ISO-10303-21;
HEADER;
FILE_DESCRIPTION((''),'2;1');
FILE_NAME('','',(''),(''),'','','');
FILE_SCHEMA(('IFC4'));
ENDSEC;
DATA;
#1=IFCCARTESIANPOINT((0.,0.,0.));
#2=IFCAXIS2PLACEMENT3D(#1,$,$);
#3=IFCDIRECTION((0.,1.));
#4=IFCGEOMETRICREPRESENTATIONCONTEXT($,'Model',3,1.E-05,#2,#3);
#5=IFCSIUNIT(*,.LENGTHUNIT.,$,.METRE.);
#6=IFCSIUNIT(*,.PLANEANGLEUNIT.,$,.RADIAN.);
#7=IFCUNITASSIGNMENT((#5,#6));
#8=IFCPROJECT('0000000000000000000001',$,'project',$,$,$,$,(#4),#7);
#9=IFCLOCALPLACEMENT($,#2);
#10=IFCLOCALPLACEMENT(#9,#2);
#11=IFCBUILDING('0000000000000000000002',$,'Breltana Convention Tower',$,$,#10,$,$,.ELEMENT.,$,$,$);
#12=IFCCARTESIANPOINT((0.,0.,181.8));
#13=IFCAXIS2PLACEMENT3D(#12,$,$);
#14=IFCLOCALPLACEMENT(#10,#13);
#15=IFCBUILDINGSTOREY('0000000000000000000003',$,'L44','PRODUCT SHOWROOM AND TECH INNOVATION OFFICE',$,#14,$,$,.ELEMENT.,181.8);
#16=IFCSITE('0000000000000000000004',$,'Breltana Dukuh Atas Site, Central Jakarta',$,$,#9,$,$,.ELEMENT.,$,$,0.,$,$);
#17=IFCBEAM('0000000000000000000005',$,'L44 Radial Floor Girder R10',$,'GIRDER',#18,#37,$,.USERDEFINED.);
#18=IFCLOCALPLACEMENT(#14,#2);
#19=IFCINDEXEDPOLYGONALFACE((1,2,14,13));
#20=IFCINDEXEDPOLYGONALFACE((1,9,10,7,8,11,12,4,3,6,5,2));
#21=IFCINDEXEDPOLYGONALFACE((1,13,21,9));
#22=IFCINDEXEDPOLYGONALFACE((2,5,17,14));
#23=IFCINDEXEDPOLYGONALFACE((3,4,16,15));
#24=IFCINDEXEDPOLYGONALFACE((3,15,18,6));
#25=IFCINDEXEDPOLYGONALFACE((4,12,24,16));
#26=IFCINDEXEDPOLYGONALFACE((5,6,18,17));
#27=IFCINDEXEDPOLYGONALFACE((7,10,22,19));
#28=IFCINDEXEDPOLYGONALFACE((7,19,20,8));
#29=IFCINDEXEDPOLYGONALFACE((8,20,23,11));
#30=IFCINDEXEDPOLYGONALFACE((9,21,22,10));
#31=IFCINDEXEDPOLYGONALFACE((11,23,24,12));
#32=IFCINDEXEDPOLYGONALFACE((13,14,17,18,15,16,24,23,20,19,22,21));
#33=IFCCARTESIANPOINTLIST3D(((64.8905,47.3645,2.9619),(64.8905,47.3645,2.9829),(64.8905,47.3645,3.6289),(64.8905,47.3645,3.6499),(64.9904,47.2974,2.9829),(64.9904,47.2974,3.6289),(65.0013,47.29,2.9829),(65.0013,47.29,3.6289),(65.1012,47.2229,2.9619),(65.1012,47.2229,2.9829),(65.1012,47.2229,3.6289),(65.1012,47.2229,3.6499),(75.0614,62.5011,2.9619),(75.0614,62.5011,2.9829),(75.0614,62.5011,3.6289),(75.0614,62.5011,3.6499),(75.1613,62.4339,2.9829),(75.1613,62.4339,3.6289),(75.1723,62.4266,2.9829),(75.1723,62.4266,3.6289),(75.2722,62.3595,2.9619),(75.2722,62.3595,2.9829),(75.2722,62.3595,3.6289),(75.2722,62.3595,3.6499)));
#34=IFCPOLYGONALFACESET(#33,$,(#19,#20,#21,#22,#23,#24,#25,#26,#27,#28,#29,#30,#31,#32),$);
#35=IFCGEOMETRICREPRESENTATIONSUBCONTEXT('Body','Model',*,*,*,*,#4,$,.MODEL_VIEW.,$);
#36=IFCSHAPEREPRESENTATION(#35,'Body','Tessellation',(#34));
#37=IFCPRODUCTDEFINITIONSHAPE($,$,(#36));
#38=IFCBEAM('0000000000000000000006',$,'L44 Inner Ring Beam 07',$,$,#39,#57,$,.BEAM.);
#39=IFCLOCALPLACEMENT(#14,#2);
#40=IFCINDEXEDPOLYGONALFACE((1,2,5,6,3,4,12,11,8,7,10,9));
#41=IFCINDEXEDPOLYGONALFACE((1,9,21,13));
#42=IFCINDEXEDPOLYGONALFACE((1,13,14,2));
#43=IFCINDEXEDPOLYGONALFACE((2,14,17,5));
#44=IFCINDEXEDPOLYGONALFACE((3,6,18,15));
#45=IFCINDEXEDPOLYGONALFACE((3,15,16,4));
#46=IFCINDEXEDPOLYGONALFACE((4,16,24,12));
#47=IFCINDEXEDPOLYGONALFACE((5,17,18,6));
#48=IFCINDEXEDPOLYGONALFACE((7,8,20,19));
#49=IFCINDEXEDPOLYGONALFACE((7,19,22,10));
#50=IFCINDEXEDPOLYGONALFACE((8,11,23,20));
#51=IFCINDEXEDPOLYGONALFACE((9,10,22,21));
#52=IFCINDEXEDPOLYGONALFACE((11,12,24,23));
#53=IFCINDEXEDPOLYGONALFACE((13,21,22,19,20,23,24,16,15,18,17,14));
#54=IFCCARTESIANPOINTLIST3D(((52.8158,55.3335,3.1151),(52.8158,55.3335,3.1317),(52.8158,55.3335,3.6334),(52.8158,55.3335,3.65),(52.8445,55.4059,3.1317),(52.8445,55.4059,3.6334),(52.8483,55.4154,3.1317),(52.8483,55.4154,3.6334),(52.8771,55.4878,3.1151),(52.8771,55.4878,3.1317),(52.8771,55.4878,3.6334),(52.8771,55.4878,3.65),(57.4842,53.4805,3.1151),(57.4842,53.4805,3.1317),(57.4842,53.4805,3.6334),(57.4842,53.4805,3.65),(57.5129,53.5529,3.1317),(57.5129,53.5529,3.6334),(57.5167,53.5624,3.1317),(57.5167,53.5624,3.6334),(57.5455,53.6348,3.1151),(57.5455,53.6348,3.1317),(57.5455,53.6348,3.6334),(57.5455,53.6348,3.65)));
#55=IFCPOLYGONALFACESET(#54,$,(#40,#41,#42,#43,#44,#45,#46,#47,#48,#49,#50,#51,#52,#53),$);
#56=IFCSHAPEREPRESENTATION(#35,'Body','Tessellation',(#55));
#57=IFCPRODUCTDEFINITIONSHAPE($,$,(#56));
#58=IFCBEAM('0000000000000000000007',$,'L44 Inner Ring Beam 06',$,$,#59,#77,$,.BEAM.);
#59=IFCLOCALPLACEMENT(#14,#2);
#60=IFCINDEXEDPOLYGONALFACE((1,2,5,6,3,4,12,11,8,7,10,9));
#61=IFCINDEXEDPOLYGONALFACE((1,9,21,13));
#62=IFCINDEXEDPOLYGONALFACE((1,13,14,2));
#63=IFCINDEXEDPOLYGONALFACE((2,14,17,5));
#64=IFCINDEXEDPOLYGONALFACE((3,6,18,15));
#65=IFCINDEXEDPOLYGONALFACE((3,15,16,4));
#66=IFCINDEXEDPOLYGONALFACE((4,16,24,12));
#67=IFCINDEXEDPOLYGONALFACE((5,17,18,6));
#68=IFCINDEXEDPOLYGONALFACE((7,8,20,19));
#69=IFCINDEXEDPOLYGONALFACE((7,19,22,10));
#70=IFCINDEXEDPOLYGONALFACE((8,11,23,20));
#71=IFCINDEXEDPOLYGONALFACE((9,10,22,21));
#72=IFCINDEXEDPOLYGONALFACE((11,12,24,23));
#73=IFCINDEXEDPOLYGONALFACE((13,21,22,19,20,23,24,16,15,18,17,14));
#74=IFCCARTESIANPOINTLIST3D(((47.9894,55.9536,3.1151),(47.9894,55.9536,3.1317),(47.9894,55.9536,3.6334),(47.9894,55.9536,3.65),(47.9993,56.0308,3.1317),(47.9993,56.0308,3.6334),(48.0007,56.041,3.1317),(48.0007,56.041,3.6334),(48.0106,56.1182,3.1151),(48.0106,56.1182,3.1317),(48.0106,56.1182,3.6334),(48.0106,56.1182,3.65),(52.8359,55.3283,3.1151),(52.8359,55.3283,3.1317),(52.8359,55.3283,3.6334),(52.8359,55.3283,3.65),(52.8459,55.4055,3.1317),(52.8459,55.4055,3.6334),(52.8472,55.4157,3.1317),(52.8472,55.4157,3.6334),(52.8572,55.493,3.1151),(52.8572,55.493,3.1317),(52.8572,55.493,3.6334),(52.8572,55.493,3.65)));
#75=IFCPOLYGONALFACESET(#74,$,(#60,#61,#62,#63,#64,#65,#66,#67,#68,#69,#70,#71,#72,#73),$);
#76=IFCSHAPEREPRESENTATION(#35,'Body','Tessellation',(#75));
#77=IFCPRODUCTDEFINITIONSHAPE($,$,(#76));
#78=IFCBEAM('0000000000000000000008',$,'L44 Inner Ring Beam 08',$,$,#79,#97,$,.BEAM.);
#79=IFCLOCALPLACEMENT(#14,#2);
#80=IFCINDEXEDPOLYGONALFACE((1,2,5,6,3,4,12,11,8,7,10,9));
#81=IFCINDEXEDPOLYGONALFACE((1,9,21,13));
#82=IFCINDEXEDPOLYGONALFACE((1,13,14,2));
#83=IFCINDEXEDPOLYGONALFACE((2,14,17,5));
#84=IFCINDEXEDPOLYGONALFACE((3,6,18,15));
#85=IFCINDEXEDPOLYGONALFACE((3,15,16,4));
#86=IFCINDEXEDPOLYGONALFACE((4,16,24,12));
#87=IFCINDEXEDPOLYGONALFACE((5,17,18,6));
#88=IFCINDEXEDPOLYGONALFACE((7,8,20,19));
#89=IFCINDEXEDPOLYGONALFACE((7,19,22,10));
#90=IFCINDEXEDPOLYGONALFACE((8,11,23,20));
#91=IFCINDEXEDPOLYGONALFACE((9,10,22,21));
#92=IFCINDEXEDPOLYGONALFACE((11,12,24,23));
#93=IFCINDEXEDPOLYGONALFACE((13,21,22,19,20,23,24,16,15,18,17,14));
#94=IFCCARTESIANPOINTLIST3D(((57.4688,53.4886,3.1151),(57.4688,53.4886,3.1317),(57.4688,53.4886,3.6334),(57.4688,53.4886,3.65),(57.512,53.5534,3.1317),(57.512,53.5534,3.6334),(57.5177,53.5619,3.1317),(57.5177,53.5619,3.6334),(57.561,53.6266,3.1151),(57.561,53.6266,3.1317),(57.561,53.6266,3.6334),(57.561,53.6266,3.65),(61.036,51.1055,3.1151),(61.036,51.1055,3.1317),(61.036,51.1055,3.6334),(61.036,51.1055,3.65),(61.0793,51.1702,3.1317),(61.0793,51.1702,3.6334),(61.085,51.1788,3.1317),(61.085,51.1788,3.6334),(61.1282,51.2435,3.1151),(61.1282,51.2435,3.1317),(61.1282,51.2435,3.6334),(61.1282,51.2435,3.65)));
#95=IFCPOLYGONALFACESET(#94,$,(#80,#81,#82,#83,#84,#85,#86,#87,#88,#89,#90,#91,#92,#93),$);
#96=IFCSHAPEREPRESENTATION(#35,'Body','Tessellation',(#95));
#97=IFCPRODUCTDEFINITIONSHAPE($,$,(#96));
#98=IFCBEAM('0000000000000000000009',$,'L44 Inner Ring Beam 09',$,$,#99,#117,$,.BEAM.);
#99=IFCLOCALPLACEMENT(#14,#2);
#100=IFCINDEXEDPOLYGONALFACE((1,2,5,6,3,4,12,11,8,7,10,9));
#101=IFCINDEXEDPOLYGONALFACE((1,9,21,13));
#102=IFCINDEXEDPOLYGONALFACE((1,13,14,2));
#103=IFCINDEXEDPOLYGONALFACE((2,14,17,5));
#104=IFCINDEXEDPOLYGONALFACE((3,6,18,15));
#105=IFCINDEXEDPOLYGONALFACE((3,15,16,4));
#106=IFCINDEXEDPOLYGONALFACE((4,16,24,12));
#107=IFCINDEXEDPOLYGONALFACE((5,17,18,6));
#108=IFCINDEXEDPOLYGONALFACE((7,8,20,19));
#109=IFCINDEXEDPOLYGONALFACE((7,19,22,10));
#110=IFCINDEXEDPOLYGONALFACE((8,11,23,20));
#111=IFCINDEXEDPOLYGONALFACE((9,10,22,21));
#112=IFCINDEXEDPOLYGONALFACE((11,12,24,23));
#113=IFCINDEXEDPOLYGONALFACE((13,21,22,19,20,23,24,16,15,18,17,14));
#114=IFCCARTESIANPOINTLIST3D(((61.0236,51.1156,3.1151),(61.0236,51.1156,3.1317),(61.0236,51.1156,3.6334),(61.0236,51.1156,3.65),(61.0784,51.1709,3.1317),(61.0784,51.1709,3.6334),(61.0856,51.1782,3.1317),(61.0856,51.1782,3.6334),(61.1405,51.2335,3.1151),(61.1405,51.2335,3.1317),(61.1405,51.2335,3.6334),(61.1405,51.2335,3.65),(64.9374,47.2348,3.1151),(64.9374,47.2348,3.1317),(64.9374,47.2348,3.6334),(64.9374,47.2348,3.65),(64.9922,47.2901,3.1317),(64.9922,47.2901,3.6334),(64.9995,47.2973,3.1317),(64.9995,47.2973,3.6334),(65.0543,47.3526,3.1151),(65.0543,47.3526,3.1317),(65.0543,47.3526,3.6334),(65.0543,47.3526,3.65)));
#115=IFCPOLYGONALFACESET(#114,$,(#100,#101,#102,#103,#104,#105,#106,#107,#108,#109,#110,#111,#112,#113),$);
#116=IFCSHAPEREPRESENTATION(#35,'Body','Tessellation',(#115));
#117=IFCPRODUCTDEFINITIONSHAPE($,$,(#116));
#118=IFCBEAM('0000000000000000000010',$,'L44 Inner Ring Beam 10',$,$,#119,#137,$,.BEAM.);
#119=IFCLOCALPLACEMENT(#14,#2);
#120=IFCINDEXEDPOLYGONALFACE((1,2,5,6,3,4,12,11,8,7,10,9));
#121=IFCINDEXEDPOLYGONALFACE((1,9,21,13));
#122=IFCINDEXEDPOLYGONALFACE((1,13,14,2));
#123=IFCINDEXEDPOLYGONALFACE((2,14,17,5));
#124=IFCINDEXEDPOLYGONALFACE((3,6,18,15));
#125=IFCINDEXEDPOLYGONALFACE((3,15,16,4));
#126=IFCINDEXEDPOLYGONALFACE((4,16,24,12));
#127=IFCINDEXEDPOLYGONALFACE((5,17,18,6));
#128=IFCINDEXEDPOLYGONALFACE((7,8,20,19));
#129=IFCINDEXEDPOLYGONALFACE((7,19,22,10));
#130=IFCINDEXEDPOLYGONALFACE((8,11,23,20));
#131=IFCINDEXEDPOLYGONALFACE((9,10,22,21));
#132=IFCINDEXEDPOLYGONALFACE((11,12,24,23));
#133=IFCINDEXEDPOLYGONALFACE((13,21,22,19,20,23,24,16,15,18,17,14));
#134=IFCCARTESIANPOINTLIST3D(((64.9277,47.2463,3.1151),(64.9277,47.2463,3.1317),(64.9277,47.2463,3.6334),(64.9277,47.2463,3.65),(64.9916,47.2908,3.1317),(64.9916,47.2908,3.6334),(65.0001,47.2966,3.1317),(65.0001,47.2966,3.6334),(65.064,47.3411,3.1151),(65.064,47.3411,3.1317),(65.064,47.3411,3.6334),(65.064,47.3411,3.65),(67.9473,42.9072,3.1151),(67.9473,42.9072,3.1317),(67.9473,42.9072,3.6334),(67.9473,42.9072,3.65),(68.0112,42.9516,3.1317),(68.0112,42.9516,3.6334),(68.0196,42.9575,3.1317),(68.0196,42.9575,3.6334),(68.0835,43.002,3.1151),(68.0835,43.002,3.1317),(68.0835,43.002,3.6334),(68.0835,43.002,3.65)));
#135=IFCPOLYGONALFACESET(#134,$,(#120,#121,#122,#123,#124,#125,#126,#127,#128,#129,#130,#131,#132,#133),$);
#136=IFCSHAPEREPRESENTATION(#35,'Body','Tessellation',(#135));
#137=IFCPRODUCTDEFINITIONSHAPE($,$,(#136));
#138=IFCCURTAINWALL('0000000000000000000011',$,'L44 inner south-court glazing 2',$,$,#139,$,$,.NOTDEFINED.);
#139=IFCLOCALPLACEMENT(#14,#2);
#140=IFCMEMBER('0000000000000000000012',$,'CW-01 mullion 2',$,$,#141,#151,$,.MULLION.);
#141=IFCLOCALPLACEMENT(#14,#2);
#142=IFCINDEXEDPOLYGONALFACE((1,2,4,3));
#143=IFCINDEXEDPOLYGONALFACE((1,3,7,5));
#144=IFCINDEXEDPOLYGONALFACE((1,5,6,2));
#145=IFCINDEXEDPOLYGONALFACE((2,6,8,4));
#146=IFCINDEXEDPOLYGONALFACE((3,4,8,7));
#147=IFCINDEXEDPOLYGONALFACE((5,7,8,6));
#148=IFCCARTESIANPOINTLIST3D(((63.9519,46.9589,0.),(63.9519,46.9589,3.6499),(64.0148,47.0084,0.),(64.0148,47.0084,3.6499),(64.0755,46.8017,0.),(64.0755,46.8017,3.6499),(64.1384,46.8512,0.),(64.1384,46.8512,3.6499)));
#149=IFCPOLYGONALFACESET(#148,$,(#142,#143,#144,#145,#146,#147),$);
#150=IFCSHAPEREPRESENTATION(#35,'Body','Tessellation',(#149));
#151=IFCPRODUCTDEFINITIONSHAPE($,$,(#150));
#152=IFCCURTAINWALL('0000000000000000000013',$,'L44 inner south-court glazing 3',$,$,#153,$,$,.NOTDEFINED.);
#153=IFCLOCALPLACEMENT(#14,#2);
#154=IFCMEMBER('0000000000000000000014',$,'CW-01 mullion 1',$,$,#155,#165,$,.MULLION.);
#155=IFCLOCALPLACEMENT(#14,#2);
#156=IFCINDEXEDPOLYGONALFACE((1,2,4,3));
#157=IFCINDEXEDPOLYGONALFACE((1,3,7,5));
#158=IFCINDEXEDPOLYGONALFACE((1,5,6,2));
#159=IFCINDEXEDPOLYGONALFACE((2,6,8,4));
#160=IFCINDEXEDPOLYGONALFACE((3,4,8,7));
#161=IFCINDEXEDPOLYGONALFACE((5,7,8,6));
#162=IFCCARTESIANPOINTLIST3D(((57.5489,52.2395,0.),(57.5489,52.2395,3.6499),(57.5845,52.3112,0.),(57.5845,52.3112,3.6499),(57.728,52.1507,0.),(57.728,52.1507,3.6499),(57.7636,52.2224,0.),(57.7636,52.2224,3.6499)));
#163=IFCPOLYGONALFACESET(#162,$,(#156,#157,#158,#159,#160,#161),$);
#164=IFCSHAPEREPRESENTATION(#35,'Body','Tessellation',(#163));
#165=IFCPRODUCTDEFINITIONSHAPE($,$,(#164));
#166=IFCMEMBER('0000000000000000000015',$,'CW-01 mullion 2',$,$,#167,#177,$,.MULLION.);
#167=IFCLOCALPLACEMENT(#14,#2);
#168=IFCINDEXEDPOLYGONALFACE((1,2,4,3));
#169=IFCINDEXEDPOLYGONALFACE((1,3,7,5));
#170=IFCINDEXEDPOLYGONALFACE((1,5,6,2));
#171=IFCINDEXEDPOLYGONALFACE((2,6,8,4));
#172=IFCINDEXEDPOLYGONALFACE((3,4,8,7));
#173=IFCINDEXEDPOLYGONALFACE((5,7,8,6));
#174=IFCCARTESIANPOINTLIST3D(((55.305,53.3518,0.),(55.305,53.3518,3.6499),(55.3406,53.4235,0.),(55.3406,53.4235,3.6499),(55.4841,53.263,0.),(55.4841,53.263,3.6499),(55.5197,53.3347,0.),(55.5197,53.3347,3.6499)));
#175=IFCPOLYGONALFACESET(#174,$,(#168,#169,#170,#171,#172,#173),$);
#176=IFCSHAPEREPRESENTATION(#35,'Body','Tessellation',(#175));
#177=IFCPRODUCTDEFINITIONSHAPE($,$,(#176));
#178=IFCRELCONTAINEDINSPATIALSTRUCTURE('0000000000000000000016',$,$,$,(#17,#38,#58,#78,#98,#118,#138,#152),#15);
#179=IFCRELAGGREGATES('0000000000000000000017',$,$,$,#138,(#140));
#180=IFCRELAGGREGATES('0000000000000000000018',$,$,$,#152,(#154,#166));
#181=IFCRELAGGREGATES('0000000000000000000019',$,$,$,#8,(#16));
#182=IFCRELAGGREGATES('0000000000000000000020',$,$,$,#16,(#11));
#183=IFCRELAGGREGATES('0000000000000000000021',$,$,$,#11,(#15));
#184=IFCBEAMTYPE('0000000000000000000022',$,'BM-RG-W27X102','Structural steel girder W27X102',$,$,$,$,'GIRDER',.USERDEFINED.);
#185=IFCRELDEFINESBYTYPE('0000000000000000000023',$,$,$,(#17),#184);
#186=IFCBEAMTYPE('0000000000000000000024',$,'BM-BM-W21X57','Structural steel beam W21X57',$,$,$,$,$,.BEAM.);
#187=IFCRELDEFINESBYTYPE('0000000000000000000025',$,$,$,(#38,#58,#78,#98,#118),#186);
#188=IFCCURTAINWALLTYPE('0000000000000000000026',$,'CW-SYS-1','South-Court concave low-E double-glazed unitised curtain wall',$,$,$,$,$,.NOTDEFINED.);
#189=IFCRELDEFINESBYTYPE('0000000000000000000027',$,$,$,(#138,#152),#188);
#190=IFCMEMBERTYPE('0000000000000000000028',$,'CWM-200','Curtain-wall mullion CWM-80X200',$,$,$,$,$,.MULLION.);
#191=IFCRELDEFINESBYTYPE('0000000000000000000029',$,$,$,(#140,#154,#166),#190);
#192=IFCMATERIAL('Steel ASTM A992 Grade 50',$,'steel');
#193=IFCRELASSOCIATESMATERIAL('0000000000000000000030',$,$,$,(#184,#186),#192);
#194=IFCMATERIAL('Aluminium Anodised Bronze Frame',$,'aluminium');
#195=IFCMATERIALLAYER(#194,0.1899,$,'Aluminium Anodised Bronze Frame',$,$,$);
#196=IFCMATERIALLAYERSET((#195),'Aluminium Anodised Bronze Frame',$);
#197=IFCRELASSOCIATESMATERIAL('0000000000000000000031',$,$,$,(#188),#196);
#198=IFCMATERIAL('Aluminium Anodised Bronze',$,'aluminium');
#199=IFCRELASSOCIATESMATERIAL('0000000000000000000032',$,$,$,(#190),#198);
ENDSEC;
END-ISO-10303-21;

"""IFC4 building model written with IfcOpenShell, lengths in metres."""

from ifc_helpers import new_model, si_unit, direction, frame, origin, origin_2d, place, context, subcontext, project, spatial, rectangle, i_section, extrude, source, transform, mapped, material, layer, layer_set, material_profile, profile_set, type_object, element, aggregate, save


model = new_model("IFC4")

# Units and contexts
model_context = context("Model", 3, precision=1e-05, world=origin(), true_north=direction((0.0, 1.0)))
body_context = subcontext(model_context, "Body", "Model", "MODEL_VIEW")
ifc_project = project(units=[si_unit("LENGTHUNIT", "METRE"), si_unit("PLANEANGLEUNIT", "RADIAN")], contexts=[model_context])

# Site, building, storey
site_placement = place(None, origin())
site = spatial("IfcSite", under=ifc_project, at=site_placement, Name="Breltana Dukuh Atas Site, Central Jakarta", CompositionType="ELEMENT", RefElevation=0.0)
building_placement = place(site_placement, origin())
building = spatial("IfcBuilding", under=site, at=building_placement, Name="Breltana Convention Tower", CompositionType="ELEMENT")
storey_placement = place(building_placement, frame((0.0, 0.0, 181.8)))
storey = spatial("IfcBuildingStorey", under=building, at=storey_placement, Name="L44", Description="PRODUCT SHOWROOM AND TECH INNOVATION OFFICE", CompositionType="ELEMENT", Elevation=181.8)

# Beams
ifc_material_1 = material(Name="Steel ASTM A992 Grade 50", Category="steel")
ifc_material_profile_1 = material_profile(ifc_material_1, i_section(OverallWidth=0.2539, OverallDepth=0.688, WebThickness=0.0132, FlangeThickness=0.021, at=origin_2d()), Name="W27X102")
ifc_profile_set_1 = profile_set([ifc_material_profile_1], Name="Steel ASTM A992 Grade 50")
beam_type_1 = type_object("IfcBeamType", Name="BM-RG-W27X102", Description="Structural steel girder W27X102", ElementType="GIRDER", PredefinedType="USERDEFINED", material=ifc_profile_set_1)
shared_shape_1 = source(origin(), body_context, "Body", "SweptSolid", [
    extrude(i_section(OverallWidth=0.2539, OverallDepth=0.688, WebThickness=0.0132, FlangeThickness=0.021, at=origin_2d()), origin(), (0.0, 0.0, 1.0), 18.2363),
])
beam_1_placement = place(storey_placement, frame((64.9958, 47.2937, 3.3059), z_axis=(0.55773, 0.830022, 0.0), x_axis=(-0.830022, 0.55773, 0.0)))
element("IfcBeam", 1, at=beam_1_placement, inside=storey, type_object=beam_type_1, Name="L44 Radial Floor Girder R10", ObjectType="GIRDER", PredefinedType="USERDEFINED", context=body_context, shape_type="MappedRepresentation", body=[
    mapped(shared_shape_1, transform((0.0, 0.0, 0.0), scale=1.0)),
])
ifc_material_profile_2 = material_profile(ifc_material_1, i_section(OverallWidth=0.166, OverallDepth=0.5349, WebThickness=0.0103, FlangeThickness=0.0166, at=origin_2d()), Name="W21X57")
ifc_profile_set_2 = profile_set([ifc_material_profile_2], Name="Steel ASTM A992 Grade 50")
beam_type_2 = type_object("IfcBeamType", Name="BM-BM-W21X57", Description="Structural steel beam W21X57", PredefinedType="BEAM", material=ifc_profile_set_2)
shared_shape_2 = source(origin(), body_context, "Body", "SweptSolid", [
    extrude(i_section(OverallWidth=0.166, OverallDepth=0.5349, WebThickness=0.0103, FlangeThickness=0.0166, at=origin_2d()), origin(), (0.0, 0.0, 1.0), 5.0227),
])
beam_2_placement = place(storey_placement, frame((52.8464, 55.4106, 3.3826), z_axis=(0.929459, -0.368926, 0.0), x_axis=(0.368926, 0.929459, 0.0)))
element("IfcBeam", 2, at=beam_2_placement, inside=storey, type_object=beam_type_2, Name="L44 Inner Ring Beam 07", PredefinedType="BEAM", context=body_context, shape_type="MappedRepresentation", body=[
    mapped(shared_shape_2, transform((0.0, 0.0, 0.0), scale=1.0)),
])
shared_shape_3 = source(origin(), body_context, "Body", "SweptSolid", [
    extrude(i_section(OverallWidth=0.166, OverallDepth=0.5349, WebThickness=0.0103, FlangeThickness=0.0166, at=origin_2d()), origin(), (0.0, 0.0, 1.0), 4.8867),
])
beam_3_placement = place(storey_placement, frame((48.0, 56.0359, 3.3826), z_axis=(0.991781, -0.127951, 0.0), x_axis=(0.127951, 0.991781, 0.0)))
element("IfcBeam", 3, at=beam_3_placement, inside=storey, type_object=beam_type_2, Name="L44 Inner Ring Beam 06", PredefinedType="BEAM", context=body_context, shape_type="MappedRepresentation", body=[
    mapped(shared_shape_3, transform((0.0, 0.0, 0.0), scale=1.0)),
])
shared_shape_4 = source(origin(), body_context, "Body", "SweptSolid", [
    extrude(i_section(OverallWidth=0.166, OverallDepth=0.5349, WebThickness=0.0103, FlangeThickness=0.0166, at=origin_2d()), origin(), (0.0, 0.0, 1.0), 4.29),
])
beam_4_placement = place(storey_placement, frame((57.5149, 53.5576, 3.3826), z_axis=(0.831516, -0.555501, 0.0), x_axis=(0.555501, 0.831516, 0.0)))
element("IfcBeam", 4, at=beam_4_placement, inside=storey, type_object=beam_type_2, Name="L44 Inner Ring Beam 08", PredefinedType="BEAM", context=body_context, shape_type="MappedRepresentation", body=[
    mapped(shared_shape_4, transform((0.0, 0.0, 0.0), scale=1.0)),
])
shared_shape_5 = source(origin(), body_context, "Body", "SweptSolid", [
    extrude(i_section(OverallWidth=0.166, OverallDepth=0.5349, WebThickness=0.0103, FlangeThickness=0.0166, at=origin_2d()), origin(), (0.0, 0.0, 1.0), 5.5117),
])
beam_5_placement = place(storey_placement, frame((61.082, 51.1746, 3.3826), z_axis=(0.71009, -0.704111, 0.0), x_axis=(0.704111, 0.71009, 0.0)))
element("IfcBeam", 5, at=beam_5_placement, inside=storey, type_object=beam_type_2, Name="L44 Inner Ring Beam 09", PredefinedType="BEAM", context=body_context, shape_type="MappedRepresentation", body=[
    mapped(shared_shape_5, transform((0.0, 0.0, 0.0), scale=1.0)),
])
shared_shape_6 = source(origin(), body_context, "Body", "SweptSolid", [
    extrude(i_section(OverallWidth=0.166, OverallDepth=0.5349, WebThickness=0.0103, FlangeThickness=0.0166, at=origin_2d()), origin(), (0.0, 0.0, 1.0), 5.2864),
])
beam_6_placement = place(storey_placement, frame((64.9958, 47.2937, 3.3826), z_axis=(0.571194, -0.820815, 0.0), x_axis=(0.820815, 0.571194, 0.0)))
element("IfcBeam", 6, at=beam_6_placement, inside=storey, type_object=beam_type_2, Name="L44 Inner Ring Beam 10", PredefinedType="BEAM", context=body_context, shape_type="MappedRepresentation", body=[
    mapped(shared_shape_6, transform((0.0, 0.0, 0.0), scale=1.0)),
])

# Curtain wall, member
ifc_material_2 = material(Name="Aluminium Anodised Bronze Frame", Category="aluminium")
ifc_layer_1 = layer(ifc_material_2, 0.1899, Name="Aluminium Anodised Bronze Frame")
ifc_layer_set_1 = layer_set([ifc_layer_1], Name="Aluminium Anodised Bronze Frame")
curtain_wall_type = type_object("IfcCurtainWallType", Name="CW-SYS-1", Description="South-Court concave low-E double-glazed unitised curtain wall", PredefinedType="NOTDEFINED", material=ifc_layer_set_1)
curtain_wall_1_placement = place(storey_placement, origin())
curtain_wall_1 = element("IfcCurtainWall", 7, at=curtain_wall_1_placement, inside=storey, type_object=curtain_wall_type, Name="L44 inner south-court glazing 2", PredefinedType="NOTDEFINED")
ifc_material_3 = material(Name="Aluminium Anodised Bronze", Category="aluminium")
ifc_material_profile_3 = material_profile(ifc_material_3, rectangle(XDim=0.0801, YDim=0.2, at=origin_2d()), Name="CWM-80X200")
ifc_profile_set_3 = profile_set([ifc_material_profile_3], Name="Aluminium Anodised Bronze")
member_type_1 = type_object("IfcMemberType", Name="CWM-200", Description="Curtain-wall mullion CWM-80X200", PredefinedType="MULLION", material=ifc_profile_set_3)
shared_shape_7 = source(origin(), body_context, "Body", "SweptSolid", [
    extrude(rectangle(XDim=0.0801, YDim=0.2, at=origin_2d()), origin(), (0.0, 0.0, 1.0), 3.6499),
])
member_1_placement = place(storey_placement, frame((64.0452, 46.905, 0.0), z_axis=(0.0, 0.0, 1.0), x_axis=(-0.786051, -0.618161, 0.0)))
member_1 = element("IfcMember", 8, at=member_1_placement, type_object=member_type_1, Name="CW-01 mullion 2", PredefinedType="MULLION", context=body_context, shape_type="MappedRepresentation", body=[
    mapped(shared_shape_7, transform((0.0, 0.0, 0.0), scale=1.0)),
])

# Curtain wall, members
curtain_wall_2_placement = place(storey_placement, origin())
curtain_wall_2 = element("IfcCurtainWall", 9, at=curtain_wall_2_placement, inside=storey, type_object=curtain_wall_type, Name="L44 inner south-court glazing 3", PredefinedType="NOTDEFINED")
member_2_placement = place(storey_placement, frame((57.6562, 52.231, 0.0), z_axis=(0.0, 0.0, 1.0), x_axis=(-0.444115, -0.89597, 0.0)))
member_2 = element("IfcMember", 10, at=member_2_placement, type_object=member_type_1, Name="CW-01 mullion 1", PredefinedType="MULLION", context=body_context, shape_type="MappedRepresentation", body=[
    mapped(shared_shape_7, transform((0.0, 0.0, 0.0), scale=1.0)),
])
member_3_placement = place(storey_placement, frame((55.4124, 53.3433, 0.0), z_axis=(0.0, 0.0, 1.0), x_axis=(-0.444115, -0.89597, 0.0)))
member_3 = element("IfcMember", 11, at=member_3_placement, type_object=member_type_1, Name="CW-01 mullion 2", PredefinedType="MULLION", context=body_context, shape_type="MappedRepresentation", body=[
    mapped(shared_shape_7, transform((0.0, 0.0, 0.0), scale=1.0)),
])

aggregate(curtain_wall_1, [member_1])
aggregate(curtain_wall_2, [member_2, member_3])

save(model, "model.ifc")
